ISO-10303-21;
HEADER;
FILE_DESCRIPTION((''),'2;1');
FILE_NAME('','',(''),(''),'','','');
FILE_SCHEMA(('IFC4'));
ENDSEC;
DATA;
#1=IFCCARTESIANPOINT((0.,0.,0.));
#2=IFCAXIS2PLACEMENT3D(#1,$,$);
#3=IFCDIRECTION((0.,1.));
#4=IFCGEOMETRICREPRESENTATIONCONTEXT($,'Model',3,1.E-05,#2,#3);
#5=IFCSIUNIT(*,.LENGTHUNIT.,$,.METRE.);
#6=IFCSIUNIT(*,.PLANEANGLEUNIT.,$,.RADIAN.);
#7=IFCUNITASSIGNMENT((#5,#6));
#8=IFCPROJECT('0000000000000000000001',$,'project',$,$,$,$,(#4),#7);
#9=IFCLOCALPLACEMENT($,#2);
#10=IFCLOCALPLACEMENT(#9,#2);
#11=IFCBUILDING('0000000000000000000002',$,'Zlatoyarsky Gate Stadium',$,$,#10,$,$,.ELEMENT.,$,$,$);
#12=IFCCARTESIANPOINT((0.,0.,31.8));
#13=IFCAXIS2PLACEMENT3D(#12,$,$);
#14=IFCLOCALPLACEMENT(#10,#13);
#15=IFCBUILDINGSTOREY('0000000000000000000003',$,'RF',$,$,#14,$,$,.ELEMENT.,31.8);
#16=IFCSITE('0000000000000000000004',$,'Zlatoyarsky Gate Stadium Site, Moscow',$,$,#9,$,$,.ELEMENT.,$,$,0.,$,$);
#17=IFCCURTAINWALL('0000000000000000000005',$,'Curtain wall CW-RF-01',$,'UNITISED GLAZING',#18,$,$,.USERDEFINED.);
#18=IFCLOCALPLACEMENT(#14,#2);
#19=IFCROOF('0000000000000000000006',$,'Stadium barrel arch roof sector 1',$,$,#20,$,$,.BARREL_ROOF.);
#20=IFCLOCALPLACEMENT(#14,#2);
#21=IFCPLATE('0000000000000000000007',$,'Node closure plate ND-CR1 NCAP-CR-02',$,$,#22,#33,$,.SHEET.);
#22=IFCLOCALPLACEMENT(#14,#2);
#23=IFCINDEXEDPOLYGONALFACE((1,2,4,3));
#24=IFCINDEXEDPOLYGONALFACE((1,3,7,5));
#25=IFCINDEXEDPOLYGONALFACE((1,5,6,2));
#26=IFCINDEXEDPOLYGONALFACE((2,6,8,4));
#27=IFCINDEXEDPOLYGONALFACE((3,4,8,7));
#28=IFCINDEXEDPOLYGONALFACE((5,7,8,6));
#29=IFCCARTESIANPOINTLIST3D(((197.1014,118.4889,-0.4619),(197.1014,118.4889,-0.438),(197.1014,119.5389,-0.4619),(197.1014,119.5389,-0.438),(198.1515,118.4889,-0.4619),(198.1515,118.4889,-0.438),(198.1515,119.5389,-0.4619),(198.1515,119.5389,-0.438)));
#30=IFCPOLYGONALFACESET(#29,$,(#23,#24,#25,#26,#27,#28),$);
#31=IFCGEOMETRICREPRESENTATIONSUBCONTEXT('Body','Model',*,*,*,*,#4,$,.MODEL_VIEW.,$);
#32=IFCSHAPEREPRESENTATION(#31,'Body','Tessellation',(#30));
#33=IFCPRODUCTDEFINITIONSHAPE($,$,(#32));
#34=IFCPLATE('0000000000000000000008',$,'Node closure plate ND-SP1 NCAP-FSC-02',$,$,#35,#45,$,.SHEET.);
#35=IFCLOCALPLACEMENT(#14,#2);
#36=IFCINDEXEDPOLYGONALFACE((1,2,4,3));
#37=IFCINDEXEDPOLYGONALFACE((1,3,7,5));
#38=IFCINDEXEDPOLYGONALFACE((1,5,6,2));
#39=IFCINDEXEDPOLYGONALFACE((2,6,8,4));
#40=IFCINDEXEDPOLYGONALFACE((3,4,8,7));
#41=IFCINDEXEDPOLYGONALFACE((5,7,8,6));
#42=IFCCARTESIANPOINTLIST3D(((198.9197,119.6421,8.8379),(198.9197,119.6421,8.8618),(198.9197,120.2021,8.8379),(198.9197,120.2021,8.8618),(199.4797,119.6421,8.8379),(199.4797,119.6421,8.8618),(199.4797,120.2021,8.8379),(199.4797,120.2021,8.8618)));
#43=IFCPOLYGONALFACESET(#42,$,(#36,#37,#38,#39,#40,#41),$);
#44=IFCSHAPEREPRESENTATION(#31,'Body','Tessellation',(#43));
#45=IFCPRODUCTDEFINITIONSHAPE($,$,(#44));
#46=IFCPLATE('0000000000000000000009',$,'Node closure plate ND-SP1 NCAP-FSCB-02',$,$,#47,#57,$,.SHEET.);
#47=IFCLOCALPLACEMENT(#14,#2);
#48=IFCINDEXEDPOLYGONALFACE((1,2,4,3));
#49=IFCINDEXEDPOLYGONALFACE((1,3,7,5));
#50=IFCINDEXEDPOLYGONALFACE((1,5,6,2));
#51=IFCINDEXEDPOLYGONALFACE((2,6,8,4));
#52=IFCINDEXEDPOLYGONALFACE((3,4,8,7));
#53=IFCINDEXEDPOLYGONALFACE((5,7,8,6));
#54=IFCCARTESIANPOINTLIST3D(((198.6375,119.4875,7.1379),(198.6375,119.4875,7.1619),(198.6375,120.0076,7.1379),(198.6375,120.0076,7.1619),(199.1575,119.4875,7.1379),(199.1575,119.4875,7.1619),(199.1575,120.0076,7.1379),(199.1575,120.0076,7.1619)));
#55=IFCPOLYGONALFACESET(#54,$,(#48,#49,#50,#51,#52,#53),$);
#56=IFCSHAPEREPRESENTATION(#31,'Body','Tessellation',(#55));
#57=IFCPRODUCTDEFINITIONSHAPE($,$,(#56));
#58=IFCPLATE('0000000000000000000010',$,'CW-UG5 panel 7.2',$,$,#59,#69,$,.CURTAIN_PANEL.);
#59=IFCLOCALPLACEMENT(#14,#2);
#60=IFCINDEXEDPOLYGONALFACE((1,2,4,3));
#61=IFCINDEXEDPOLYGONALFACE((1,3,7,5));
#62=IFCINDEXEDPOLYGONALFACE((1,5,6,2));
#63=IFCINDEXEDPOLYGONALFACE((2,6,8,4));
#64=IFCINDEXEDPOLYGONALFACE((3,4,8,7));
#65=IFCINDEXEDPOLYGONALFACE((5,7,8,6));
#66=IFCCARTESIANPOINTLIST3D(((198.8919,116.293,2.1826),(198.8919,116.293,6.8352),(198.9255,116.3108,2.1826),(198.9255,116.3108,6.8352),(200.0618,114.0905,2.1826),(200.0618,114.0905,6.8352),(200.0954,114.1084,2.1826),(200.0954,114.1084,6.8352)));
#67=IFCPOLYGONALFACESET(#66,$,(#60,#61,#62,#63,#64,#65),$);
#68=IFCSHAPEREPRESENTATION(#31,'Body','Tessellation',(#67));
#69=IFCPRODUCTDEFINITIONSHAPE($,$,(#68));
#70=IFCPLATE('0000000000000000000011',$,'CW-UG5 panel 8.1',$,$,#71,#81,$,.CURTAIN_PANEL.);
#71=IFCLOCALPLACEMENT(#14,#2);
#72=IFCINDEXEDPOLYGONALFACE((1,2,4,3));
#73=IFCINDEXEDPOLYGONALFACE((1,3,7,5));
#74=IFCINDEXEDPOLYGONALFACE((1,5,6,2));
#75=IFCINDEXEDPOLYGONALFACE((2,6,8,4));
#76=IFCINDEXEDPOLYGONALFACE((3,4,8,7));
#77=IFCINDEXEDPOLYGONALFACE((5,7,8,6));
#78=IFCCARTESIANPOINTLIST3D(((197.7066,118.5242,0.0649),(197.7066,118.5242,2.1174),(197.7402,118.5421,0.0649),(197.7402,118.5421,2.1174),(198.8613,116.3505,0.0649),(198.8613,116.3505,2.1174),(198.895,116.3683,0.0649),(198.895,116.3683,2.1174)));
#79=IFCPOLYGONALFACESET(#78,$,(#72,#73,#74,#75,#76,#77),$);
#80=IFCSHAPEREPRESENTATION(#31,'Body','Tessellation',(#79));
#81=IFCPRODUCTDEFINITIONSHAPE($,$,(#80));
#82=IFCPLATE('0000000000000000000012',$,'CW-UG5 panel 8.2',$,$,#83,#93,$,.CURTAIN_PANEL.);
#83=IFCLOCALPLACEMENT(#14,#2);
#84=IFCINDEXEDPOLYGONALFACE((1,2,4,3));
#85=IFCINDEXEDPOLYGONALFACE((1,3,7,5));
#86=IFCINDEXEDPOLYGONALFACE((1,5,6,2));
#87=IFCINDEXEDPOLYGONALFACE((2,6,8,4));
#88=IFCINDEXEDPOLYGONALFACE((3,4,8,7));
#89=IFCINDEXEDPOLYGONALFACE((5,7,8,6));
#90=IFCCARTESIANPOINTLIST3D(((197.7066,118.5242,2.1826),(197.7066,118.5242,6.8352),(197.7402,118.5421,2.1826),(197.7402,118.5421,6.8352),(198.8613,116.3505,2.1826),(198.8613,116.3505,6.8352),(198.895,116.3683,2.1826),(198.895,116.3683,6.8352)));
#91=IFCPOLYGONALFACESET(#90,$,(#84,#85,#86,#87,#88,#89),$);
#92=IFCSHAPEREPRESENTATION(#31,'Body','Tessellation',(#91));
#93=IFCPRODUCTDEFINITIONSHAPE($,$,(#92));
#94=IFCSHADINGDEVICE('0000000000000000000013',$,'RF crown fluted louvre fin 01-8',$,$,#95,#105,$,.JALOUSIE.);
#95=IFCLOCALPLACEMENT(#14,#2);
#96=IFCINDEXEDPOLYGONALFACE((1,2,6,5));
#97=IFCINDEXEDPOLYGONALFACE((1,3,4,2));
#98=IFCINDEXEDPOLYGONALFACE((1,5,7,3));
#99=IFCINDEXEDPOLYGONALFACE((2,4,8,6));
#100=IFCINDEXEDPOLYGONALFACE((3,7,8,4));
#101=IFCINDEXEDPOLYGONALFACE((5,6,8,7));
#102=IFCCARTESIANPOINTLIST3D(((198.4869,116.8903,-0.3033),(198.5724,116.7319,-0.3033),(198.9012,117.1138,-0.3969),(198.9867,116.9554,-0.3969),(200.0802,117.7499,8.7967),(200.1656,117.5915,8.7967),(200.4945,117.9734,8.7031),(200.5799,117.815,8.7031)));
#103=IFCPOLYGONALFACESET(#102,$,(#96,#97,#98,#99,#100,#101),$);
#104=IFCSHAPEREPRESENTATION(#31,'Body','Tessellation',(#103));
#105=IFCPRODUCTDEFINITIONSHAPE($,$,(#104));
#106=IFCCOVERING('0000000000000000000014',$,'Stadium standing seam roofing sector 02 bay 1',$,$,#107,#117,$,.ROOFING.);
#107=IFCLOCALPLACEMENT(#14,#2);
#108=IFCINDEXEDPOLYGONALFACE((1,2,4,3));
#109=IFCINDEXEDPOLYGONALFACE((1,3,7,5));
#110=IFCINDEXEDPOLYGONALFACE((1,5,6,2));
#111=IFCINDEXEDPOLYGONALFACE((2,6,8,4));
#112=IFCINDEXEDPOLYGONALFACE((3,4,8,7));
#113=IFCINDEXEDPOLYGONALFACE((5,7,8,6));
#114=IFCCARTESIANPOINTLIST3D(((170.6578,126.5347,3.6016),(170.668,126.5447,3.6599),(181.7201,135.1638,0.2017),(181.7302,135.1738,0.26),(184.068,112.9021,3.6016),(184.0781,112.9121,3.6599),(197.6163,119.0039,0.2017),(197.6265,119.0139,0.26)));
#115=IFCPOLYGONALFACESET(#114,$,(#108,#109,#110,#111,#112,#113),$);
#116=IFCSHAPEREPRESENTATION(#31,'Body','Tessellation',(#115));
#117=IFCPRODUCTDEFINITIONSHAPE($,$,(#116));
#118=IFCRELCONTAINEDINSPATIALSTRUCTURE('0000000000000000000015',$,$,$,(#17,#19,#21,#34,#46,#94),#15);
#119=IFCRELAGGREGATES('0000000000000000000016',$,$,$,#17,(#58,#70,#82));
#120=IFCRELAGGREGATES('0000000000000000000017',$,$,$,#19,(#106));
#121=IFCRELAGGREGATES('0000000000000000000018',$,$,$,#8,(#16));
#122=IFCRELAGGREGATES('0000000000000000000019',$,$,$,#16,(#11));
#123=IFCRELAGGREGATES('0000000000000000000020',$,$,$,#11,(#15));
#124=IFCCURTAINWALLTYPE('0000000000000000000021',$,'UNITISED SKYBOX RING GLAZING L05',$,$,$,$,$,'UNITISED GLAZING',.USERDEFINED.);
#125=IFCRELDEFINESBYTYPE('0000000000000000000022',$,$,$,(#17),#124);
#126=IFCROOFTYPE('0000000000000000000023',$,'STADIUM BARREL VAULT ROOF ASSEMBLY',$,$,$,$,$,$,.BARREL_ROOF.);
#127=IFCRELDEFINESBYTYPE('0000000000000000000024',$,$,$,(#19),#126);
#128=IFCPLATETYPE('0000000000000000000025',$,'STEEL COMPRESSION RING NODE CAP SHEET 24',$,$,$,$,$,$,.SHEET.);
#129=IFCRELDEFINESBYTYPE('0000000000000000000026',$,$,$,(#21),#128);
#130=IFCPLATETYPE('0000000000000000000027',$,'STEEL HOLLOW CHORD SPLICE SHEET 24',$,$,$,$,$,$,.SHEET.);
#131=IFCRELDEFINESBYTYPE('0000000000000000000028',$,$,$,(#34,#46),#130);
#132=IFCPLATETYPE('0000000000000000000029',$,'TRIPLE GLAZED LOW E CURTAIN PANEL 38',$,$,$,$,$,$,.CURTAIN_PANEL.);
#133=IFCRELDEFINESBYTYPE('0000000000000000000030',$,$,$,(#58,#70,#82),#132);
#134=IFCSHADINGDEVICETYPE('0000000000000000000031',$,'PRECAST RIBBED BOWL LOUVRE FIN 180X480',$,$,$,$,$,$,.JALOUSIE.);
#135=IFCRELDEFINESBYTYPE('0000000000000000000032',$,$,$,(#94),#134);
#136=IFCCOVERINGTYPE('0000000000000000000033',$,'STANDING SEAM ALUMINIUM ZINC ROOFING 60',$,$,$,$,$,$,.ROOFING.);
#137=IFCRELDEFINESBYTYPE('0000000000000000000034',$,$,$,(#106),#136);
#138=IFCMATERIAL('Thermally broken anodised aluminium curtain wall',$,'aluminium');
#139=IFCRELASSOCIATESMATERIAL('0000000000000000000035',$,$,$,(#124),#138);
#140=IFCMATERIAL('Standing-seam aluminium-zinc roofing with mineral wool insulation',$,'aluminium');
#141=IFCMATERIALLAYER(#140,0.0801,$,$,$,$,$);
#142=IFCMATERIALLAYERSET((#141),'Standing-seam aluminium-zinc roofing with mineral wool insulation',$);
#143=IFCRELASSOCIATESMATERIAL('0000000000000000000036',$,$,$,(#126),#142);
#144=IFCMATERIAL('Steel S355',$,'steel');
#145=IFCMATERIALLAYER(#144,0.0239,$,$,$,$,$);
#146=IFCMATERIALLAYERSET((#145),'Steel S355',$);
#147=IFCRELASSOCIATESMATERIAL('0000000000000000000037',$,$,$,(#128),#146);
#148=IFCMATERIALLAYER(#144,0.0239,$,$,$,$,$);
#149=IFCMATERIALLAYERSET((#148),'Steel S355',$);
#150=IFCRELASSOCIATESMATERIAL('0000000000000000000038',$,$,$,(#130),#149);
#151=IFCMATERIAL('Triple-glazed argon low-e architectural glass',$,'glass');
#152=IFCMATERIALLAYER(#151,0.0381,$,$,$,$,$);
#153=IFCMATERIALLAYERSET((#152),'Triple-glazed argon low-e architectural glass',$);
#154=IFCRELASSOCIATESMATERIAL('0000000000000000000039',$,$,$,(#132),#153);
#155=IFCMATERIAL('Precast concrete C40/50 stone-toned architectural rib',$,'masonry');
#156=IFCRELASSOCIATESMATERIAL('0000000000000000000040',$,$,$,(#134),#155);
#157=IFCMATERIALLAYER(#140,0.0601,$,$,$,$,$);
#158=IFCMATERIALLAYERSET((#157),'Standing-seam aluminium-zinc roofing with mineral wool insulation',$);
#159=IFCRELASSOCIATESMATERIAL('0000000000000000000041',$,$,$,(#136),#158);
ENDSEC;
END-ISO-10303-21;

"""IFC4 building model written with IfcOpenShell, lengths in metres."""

from ifc_helpers import new_model, si_unit, direction, frame, origin, origin_2d, place, context, subcontext, project, spatial, polyline, rectangle, outline, extrude, material, layer, layer_set, material_profile, profile_set, type_object, element, aggregate, save


model = new_model("IFC4")

# Units and contexts
model_context = context("Model", 3, precision=1e-05, world=origin(), true_north=direction((0.0, 1.0)))
body_context = subcontext(model_context, "Body", "Model", "MODEL_VIEW")
ifc_project = project(units=[si_unit("LENGTHUNIT", "METRE"), si_unit("PLANEANGLEUNIT", "RADIAN")], contexts=[model_context])

# Site, building, storey
site_placement = place(None, origin())
site = spatial("IfcSite", under=ifc_project, at=site_placement, Name="Zlatoyarsky Gate Stadium Site, Moscow", CompositionType="ELEMENT", RefElevation=0.0)
building_placement = place(site_placement, origin())
building = spatial("IfcBuilding", under=site, at=building_placement, Name="Zlatoyarsky Gate Stadium", CompositionType="ELEMENT")
storey_placement = place(building_placement, frame((0.0, 0.0, 31.8)))
storey = spatial("IfcBuildingStorey", under=building, at=storey_placement, Name="RF", CompositionType="ELEMENT", Elevation=31.8)

# Curtain wall
ifc_material_1 = material(Name="Thermally broken anodised aluminium curtain wall", Category="aluminium")
curtain_wall_type = type_object("IfcCurtainWallType", Name="UNITISED SKYBOX RING GLAZING L05", ElementType="UNITISED GLAZING", PredefinedType="USERDEFINED", material=ifc_material_1)
curtain_wall_placement = place(storey_placement, origin())
curtain_wall = element("IfcCurtainWall", 1, at=curtain_wall_placement, inside=storey, type_object=curtain_wall_type, Name="Curtain wall CW-RF-01", ObjectType="UNITISED GLAZING", PredefinedType="USERDEFINED")

# Shared definitions
ifc_material_2 = material(Name="Steel S355", Category="steel")

# Roof
ifc_material_3 = material(Name="Standing-seam aluminium-zinc roofing with mineral wool insulation", Category="aluminium")
ifc_layer_1 = layer(ifc_material_3, 0.0801)
ifc_layer_set_1 = layer_set([ifc_layer_1], Name="Standing-seam aluminium-zinc roofing with mineral wool insulation")
roof_type = type_object("IfcRoofType", Name="STADIUM BARREL VAULT ROOF ASSEMBLY", PredefinedType="BARREL_ROOF", material=ifc_layer_set_1)
roof_placement = place(storey_placement, origin())
roof = element("IfcRoof", 2, at=roof_placement, inside=storey, type_object=roof_type, Name="Stadium barrel arch roof sector 1", PredefinedType="BARREL_ROOF")

# Plates
ifc_layer_2 = layer(ifc_material_2, 0.0239)
ifc_layer_set_2 = layer_set([ifc_layer_2], Name="Steel S355")
plate_type_1 = type_object("IfcPlateType", Name="STEEL COMPRESSION RING NODE CAP SHEET 24", PredefinedType="SHEET", material=ifc_layer_set_2)
plate_1_placement = place(storey_placement, frame((197.6265, 119.0139, -0.4619), z_axis=(0.0, 0.0, 1.0), x_axis=(1.0, 0.0, 0.0)))
element("IfcPlate", 3, at=plate_1_placement, inside=storey, type_object=plate_type_1, Name="Node closure plate ND-CR1 NCAP-CR-02", PredefinedType="SHEET", context=body_context, shape_type="SweptSolid", body=[
    extrude(rectangle(XDim=1.05, YDim=1.05, at=origin_2d()), origin(), (0.0, 0.0, 1.0), 0.0239),
])
ifc_layer_3 = layer(ifc_material_2, 0.0239)
ifc_layer_set_3 = layer_set([ifc_layer_3], Name="Steel S355")
plate_type_2 = type_object("IfcPlateType", Name="STEEL HOLLOW CHORD SPLICE SHEET 24", PredefinedType="SHEET", material=ifc_layer_set_3)
plate_2_placement = place(storey_placement, frame((199.1997, 119.9221, 8.8379), z_axis=(0.0, 0.0, 1.0), x_axis=(1.0, 0.0, 0.0)))
element("IfcPlate", 4, at=plate_2_placement, inside=storey, type_object=plate_type_2, Name="Node closure plate ND-SP1 NCAP-FSC-02", PredefinedType="SHEET", context=body_context, shape_type="SweptSolid", body=[
    extrude(rectangle(XDim=0.5601, YDim=0.5601, at=origin_2d()), origin(), (0.0, 0.0, 1.0), 0.0239),
])
plate_3_placement = place(storey_placement, frame((198.8975, 119.7476, 7.1379), z_axis=(0.0, 0.0, 1.0), x_axis=(1.0, 0.0, 0.0)))
element("IfcPlate", 5, at=plate_3_placement, inside=storey, type_object=plate_type_2, Name="Node closure plate ND-SP1 NCAP-FSCB-02", PredefinedType="SHEET", context=body_context, shape_type="SweptSolid", body=[
    extrude(rectangle(XDim=0.52, YDim=0.52, at=origin_2d()), origin(), (0.0, 0.0, 1.0), 0.0239),
])

# Plates
ifc_material_4 = material(Name="Triple-glazed argon low-e architectural glass", Category="glass")
ifc_layer_4 = layer(ifc_material_4, 0.0381)
ifc_layer_set_4 = layer_set([ifc_layer_4], Name="Triple-glazed argon low-e architectural glass")
plate_type_3 = type_object("IfcPlateType", Name="TRIPLE GLAZED LOW E CURTAIN PANEL 38", PredefinedType="CURTAIN_PANEL", material=ifc_layer_set_4)
plate_4_placement = place(storey_placement, frame((199.4937, 115.2007, 2.1826), z_axis=(0.0, 0.0, 1.0), x_axis=(-0.469127, 0.883131, 0.0)))
plate_4 = element("IfcPlate", 6, at=plate_4_placement, type_object=plate_type_3, Name="CW-UG5 panel 7.2", PredefinedType="CURTAIN_PANEL", context=body_context, shape_type="SweptSolid", body=[
    extrude(rectangle(XDim=2.4939, YDim=0.0381, at=origin_2d()), origin(), (0.0, 0.0, 1.0), 4.6526),
])
plate_5_placement = place(storey_placement, frame((198.3008, 117.4463, 0.0649), z_axis=(0.0, 0.0, 1.0), x_axis=(-0.469127, 0.883131, 0.0)))
plate_5 = element("IfcPlate", 7, at=plate_5_placement, type_object=plate_type_3, Name="CW-UG5 panel 8.1", PredefinedType="CURTAIN_PANEL", context=body_context, shape_type="SweptSolid", body=[
    extrude(rectangle(XDim=2.4614, YDim=0.0381, at=origin_2d()), origin(), (0.0, 0.0, 1.0), 2.0525),
])
plate_6_placement = place(storey_placement, frame((198.3008, 117.4463, 2.1826), z_axis=(0.0, 0.0, 1.0), x_axis=(-0.469127, 0.883131, 0.0)))
plate_6 = element("IfcPlate", 8, at=plate_6_placement, type_object=plate_type_3, Name="CW-UG5 panel 8.2", PredefinedType="CURTAIN_PANEL", context=body_context, shape_type="SweptSolid", body=[
    extrude(rectangle(XDim=2.4614, YDim=0.0381, at=origin_2d()), origin(), (0.0, 0.0, 1.0), 4.6526),
])
aggregate(curtain_wall, [plate_4, plate_5, plate_6])

# Shading device
ifc_material_5 = material(Name="Precast concrete C40/50 stone-toned architectural rib", Category="masonry")
ifc_material_profile_1 = material_profile(ifc_material_5, rectangle(XDim=0.1799, YDim=0.48, at=origin_2d()), Name="RIB 180X480")
ifc_profile_set_1 = profile_set([ifc_material_profile_1], Name="Precast concrete C40/50 stone-toned architectural rib")
shading_device_type = type_object("IfcShadingDeviceType", Name="PRECAST RIBBED BOWL LOUVRE FIN 180X480", PredefinedType="JALOUSIE", material=ifc_profile_set_1)
shading_device_placement = place(storey_placement, frame((198.7368, 116.9229, -0.3501), z_axis=(0.171717, 0.092647, 0.98078), x_axis=(-0.474831, 0.880077, 0.0)))
element("IfcShadingDevice", 9, at=shading_device_placement, inside=storey, type_object=shading_device_type, Name="RF crown fluted louvre fin 01-8", PredefinedType="JALOUSIE", context=body_context, shape_type="SweptSolid", body=[
    extrude(rectangle(XDim=0.1799, YDim=0.48, at=origin_2d()), origin(), (0.0, 0.0, 1.0), 9.2783),
])

# Covering
ifc_layer_5 = layer(ifc_material_3, 0.0601)
ifc_layer_set_5 = layer_set([ifc_layer_5], Name="Standing-seam aluminium-zinc roofing with mineral wool insulation")
covering_type = type_object("IfcCoveringType", Name="STANDING SEAM ALUMINIUM ZINC ROOFING 60", PredefinedType="ROOFING", material=ifc_layer_set_5)
covering_placement = place(storey_placement, frame((197.6265, 119.0139, 0.26), z_axis=(0.168949, 0.166192, 0.971513), x_axis=(-0.701267, 0.712899, 0.0)))
covering = element("IfcCovering", 10, at=covering_placement, type_object=covering_type, Name="Stadium standing seam roofing sector 02 bay 1", PredefinedType="ROOFING", context=body_context, shape_type="SweptSolid", body=[
    extrude(outline(polyline([(0.0, 0.0), (22.6679, 0.0), (24.2738, 14.3463), (5.151, 14.3463), (0.0, 0.0)])), origin(), (0.0, 0.0, -1.0), 0.0601),
])
aggregate(roof, [covering])

save(model, "model.ifc")
